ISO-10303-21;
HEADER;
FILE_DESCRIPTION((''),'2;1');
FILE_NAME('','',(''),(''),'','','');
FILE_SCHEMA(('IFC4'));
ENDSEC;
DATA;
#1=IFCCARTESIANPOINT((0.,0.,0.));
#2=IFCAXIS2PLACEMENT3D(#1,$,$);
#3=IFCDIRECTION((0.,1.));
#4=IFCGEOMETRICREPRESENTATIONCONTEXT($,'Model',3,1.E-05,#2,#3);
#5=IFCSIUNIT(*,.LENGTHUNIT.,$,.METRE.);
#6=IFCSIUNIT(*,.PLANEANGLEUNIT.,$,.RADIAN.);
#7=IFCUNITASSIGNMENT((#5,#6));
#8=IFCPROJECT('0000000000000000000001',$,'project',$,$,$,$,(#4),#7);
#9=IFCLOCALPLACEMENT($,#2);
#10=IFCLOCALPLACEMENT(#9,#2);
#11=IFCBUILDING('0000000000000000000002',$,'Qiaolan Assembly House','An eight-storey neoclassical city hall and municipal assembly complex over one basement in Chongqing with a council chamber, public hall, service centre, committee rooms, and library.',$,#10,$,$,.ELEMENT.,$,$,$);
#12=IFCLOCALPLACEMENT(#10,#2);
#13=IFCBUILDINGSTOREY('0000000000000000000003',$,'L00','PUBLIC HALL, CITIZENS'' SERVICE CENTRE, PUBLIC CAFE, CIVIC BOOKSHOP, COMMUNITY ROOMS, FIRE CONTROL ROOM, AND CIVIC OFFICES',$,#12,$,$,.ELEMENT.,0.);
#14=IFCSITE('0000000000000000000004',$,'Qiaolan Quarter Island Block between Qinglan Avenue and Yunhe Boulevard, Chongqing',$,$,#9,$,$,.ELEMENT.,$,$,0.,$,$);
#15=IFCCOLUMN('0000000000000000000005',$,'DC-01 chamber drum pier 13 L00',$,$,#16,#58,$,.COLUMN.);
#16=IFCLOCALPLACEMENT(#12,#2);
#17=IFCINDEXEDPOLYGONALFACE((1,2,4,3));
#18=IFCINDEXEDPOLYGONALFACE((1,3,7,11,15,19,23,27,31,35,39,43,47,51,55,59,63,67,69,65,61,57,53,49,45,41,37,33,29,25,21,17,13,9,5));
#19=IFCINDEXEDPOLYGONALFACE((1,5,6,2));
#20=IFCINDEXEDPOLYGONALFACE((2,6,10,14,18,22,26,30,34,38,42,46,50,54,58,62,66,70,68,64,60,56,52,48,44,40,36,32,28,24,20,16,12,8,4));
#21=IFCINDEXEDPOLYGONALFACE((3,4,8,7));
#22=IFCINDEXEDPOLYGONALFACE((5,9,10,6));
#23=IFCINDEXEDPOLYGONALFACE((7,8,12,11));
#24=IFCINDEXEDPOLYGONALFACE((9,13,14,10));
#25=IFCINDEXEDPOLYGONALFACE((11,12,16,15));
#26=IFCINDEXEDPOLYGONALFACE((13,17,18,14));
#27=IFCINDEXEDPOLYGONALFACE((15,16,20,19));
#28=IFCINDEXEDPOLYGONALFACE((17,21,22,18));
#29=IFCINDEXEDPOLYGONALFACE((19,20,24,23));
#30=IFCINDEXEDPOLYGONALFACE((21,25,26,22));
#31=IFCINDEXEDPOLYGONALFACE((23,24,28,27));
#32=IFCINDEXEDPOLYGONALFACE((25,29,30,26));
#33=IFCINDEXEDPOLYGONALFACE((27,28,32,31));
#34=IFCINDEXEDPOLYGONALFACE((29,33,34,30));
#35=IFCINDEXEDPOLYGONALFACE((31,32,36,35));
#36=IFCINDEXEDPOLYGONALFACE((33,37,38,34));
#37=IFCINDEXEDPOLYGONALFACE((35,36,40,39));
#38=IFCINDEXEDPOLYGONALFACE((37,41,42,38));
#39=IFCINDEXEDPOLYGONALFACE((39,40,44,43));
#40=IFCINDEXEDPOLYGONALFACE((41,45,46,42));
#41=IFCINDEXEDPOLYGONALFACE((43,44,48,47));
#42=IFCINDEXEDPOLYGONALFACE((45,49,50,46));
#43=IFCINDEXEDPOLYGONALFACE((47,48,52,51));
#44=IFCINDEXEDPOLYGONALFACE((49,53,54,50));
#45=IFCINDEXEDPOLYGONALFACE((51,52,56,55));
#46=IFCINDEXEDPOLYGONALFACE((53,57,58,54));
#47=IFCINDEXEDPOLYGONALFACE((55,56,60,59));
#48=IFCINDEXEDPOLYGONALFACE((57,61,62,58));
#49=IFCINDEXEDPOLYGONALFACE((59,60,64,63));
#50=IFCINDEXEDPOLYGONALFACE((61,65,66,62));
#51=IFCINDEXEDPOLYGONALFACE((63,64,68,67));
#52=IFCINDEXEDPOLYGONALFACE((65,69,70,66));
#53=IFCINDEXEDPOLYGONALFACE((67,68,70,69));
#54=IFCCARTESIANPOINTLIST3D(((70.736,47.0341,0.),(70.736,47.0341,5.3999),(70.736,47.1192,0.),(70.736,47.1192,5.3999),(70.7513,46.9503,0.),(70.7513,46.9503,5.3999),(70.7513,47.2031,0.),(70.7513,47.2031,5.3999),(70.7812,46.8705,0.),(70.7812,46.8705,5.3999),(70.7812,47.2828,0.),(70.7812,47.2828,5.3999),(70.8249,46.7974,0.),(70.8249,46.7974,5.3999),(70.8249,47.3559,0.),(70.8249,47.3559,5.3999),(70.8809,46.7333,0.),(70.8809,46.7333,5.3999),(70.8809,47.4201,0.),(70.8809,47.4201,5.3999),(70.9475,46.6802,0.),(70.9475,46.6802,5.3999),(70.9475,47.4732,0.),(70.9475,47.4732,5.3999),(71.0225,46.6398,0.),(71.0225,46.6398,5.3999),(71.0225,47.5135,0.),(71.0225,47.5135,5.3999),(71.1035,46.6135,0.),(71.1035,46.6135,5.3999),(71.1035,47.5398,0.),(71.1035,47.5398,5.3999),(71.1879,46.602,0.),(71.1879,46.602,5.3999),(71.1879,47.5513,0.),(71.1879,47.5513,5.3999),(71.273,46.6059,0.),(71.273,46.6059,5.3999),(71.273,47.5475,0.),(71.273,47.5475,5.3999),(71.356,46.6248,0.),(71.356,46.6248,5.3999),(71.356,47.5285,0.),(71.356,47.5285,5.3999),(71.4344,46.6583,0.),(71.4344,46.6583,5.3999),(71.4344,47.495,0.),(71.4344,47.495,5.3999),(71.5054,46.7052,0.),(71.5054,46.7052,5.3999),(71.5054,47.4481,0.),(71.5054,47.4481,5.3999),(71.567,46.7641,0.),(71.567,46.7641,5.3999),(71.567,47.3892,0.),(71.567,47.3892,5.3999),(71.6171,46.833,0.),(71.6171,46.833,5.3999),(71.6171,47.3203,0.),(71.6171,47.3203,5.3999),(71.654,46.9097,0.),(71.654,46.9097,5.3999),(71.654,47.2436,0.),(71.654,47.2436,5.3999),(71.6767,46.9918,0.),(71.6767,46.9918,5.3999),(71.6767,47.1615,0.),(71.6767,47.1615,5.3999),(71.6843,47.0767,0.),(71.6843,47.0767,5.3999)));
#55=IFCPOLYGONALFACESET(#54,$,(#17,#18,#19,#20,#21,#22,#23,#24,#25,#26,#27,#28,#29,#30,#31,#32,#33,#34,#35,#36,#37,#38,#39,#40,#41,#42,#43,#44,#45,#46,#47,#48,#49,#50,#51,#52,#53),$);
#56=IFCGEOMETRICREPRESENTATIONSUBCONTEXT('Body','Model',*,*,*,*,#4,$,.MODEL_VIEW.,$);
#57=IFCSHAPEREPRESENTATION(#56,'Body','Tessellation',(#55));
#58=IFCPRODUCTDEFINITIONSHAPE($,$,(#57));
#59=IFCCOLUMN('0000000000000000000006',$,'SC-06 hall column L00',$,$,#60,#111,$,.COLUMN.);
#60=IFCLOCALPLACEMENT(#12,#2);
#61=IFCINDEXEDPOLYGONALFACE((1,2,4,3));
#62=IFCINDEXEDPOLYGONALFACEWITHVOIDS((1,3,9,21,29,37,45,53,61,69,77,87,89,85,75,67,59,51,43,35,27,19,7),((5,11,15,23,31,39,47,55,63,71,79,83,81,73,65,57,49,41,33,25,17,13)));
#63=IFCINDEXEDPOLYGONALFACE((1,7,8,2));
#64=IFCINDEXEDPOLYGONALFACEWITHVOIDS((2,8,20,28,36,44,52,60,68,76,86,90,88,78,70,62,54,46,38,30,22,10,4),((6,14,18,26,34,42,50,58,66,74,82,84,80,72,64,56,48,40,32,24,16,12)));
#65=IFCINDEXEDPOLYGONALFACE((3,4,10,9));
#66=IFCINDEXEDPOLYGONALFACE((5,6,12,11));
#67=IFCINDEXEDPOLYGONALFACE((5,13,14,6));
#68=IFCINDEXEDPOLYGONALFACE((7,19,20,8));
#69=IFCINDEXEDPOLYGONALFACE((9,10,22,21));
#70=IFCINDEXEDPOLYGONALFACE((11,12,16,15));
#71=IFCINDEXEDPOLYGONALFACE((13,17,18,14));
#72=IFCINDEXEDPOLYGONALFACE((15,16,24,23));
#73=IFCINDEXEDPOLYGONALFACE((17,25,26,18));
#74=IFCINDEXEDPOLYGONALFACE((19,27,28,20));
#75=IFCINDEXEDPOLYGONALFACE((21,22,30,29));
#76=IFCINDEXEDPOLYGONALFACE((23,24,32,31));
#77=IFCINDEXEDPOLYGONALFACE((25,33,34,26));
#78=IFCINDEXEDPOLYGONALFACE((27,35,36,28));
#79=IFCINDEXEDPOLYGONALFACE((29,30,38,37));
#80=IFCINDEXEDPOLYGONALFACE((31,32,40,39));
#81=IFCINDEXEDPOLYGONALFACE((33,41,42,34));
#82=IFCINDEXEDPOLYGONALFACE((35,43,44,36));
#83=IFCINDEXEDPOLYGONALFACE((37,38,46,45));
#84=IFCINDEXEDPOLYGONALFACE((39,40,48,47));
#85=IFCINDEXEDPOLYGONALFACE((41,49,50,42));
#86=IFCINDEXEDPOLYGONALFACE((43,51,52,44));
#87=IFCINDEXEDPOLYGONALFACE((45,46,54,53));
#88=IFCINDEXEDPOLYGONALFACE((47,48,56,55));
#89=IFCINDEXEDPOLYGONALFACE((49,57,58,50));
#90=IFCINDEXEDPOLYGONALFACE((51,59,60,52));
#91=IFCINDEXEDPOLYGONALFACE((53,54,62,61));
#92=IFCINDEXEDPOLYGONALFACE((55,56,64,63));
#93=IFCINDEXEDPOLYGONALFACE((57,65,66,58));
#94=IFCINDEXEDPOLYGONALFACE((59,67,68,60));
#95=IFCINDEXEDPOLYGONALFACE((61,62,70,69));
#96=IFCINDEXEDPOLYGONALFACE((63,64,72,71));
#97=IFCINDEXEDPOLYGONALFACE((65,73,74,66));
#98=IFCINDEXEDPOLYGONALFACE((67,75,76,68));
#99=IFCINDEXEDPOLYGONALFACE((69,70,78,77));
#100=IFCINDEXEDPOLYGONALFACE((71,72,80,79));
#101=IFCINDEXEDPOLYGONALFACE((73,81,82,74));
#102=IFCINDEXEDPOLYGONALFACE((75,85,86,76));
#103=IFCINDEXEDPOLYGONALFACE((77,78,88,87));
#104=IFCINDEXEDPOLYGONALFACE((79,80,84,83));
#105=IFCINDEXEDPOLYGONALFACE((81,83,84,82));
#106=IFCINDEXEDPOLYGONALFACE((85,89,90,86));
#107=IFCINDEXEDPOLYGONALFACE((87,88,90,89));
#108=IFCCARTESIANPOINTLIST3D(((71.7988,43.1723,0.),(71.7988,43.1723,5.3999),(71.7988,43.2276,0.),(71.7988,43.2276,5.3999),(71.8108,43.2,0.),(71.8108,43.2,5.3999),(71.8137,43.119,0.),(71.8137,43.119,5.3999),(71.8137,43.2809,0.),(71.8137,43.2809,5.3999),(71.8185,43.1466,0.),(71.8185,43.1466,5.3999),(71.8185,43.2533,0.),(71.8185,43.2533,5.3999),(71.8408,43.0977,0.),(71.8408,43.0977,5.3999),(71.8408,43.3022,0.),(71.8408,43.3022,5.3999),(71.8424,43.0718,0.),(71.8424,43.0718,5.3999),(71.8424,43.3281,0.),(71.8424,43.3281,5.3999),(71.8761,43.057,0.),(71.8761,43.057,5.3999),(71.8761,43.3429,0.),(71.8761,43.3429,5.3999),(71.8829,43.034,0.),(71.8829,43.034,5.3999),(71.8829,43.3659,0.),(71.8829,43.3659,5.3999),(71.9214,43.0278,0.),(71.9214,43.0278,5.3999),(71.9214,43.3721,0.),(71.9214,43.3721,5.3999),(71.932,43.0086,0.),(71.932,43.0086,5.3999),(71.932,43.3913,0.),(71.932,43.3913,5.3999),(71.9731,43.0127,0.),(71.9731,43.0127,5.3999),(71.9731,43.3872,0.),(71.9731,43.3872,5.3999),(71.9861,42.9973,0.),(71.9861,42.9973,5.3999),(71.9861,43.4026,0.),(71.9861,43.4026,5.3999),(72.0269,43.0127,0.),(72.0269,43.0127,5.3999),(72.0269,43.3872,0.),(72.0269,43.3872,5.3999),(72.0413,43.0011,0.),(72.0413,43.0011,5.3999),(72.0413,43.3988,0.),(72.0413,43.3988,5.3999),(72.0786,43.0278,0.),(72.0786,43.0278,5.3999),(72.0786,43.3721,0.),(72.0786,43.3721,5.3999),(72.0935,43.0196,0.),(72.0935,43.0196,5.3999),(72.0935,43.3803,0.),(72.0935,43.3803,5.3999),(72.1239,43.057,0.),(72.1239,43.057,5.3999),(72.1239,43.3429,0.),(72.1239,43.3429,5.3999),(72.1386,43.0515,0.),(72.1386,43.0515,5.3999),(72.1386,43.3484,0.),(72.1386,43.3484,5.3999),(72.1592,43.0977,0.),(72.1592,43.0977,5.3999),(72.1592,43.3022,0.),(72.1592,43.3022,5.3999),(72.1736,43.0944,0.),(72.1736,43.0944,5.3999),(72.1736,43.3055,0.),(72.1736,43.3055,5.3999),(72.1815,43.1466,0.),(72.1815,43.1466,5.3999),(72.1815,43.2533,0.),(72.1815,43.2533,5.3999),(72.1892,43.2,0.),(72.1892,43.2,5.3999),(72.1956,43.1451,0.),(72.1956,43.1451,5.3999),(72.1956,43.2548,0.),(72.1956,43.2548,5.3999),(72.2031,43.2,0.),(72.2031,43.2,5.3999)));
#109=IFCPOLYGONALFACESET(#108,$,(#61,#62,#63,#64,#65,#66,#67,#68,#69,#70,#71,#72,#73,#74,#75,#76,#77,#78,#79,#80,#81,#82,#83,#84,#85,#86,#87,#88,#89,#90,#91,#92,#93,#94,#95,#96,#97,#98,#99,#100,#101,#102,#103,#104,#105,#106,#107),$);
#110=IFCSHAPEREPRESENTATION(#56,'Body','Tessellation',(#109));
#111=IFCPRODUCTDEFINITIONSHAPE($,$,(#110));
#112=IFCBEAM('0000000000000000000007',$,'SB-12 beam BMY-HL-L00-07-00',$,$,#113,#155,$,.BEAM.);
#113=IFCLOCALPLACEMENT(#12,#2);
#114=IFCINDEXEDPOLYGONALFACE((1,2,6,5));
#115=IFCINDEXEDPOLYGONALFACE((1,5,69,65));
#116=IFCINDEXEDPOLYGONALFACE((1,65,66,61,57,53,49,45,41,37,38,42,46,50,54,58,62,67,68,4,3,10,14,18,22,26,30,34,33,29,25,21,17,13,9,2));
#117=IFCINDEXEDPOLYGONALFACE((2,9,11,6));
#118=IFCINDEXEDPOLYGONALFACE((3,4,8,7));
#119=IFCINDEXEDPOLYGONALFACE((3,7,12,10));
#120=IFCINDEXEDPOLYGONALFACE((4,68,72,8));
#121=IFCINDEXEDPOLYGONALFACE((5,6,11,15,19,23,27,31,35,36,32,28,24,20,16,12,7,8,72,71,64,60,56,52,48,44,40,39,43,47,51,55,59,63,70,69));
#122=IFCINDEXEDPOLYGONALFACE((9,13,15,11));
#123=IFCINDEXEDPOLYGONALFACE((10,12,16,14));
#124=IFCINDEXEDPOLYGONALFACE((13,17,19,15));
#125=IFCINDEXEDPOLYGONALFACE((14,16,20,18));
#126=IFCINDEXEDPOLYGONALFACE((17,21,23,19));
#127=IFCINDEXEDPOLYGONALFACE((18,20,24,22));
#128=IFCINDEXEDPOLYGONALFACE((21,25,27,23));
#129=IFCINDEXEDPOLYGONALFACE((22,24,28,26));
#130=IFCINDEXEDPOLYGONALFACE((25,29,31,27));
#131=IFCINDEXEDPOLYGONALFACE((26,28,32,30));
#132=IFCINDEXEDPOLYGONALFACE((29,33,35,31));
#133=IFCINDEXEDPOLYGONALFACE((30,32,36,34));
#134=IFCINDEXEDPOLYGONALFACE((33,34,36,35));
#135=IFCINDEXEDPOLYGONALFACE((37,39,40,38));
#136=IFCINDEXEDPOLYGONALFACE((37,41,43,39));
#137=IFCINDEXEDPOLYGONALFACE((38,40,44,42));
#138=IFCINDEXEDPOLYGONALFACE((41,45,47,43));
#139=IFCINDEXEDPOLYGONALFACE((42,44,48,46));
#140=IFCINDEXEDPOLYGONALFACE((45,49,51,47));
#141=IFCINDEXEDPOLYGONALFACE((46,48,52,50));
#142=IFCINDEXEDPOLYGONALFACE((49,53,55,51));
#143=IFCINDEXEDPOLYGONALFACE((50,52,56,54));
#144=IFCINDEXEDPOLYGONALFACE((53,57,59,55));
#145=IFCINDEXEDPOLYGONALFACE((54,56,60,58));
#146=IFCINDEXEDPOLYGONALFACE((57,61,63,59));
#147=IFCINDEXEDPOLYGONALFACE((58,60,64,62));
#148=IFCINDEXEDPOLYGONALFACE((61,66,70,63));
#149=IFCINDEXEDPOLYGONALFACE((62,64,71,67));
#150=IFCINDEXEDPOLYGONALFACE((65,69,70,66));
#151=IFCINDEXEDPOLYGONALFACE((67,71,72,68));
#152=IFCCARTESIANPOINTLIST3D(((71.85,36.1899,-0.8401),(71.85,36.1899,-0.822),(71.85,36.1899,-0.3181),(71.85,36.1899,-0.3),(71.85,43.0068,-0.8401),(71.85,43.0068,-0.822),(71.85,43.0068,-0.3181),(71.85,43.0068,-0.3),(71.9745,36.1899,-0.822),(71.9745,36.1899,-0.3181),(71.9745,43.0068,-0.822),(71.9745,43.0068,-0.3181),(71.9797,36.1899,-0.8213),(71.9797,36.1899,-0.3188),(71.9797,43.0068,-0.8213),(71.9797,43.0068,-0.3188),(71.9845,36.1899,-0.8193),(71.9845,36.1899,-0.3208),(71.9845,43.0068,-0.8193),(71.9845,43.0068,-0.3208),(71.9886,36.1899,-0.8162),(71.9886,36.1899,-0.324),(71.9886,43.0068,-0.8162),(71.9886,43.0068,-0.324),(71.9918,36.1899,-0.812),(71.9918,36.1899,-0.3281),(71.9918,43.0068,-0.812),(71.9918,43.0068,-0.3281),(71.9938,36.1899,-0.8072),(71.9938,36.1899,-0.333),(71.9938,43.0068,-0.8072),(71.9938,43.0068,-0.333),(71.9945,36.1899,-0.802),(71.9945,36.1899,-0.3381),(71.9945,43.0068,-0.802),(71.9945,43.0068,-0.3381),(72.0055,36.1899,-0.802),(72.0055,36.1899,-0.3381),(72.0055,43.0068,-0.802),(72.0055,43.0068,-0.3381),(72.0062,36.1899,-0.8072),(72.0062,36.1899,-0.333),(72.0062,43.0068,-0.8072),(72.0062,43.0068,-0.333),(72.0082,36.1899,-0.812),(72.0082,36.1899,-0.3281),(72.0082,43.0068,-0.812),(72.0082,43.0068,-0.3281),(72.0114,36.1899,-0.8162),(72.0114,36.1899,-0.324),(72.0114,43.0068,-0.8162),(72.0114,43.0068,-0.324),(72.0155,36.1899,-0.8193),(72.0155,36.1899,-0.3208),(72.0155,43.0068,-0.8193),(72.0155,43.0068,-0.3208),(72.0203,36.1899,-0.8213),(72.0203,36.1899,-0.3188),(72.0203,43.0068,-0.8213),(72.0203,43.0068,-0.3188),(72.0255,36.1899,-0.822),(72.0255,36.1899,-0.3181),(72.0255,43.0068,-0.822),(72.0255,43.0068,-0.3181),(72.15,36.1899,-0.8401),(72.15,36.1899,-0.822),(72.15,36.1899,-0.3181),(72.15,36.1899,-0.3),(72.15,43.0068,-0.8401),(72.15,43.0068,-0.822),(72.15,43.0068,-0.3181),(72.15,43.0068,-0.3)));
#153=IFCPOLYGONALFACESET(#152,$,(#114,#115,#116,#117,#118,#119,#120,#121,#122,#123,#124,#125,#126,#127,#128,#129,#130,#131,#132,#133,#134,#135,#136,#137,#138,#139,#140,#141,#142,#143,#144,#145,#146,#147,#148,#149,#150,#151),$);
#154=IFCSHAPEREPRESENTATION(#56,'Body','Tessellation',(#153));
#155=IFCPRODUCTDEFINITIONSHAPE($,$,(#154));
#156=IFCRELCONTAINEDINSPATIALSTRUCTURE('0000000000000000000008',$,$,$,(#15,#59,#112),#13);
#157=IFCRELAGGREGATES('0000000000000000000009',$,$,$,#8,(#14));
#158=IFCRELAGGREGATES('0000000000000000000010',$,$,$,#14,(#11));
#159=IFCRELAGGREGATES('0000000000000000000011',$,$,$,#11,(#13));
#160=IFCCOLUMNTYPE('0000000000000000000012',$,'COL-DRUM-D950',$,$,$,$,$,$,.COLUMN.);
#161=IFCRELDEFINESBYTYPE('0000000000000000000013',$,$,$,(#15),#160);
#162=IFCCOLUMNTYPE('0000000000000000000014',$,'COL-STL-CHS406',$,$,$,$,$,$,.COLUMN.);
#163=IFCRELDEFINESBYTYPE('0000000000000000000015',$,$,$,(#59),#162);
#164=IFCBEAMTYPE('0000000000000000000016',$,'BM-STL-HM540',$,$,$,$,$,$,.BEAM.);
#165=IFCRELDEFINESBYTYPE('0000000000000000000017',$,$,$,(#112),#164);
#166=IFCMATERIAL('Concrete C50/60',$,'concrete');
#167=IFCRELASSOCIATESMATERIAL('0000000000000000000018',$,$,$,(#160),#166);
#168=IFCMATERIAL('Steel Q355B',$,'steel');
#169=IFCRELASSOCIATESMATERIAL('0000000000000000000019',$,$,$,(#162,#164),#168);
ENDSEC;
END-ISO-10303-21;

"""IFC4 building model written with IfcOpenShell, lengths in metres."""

from ifc_helpers import new_model, si_unit, direction, frame, origin, origin_2d, place, context, subcontext, project, spatial, circle, hollow_circle, i_section, extrude, material, material_profile, profile_set, type_object, element, save


model = new_model("IFC4")

# Units and contexts
model_context = context("Model", 3, precision=1e-05, world=origin(), true_north=direction((0.0, 1.0)))
body_context = subcontext(model_context, "Body", "Model", "MODEL_VIEW")
ifc_project = project(units=[si_unit("LENGTHUNIT", "METRE"), si_unit("PLANEANGLEUNIT", "RADIAN")], contexts=[model_context])

# Site, building, storey
site_placement = place(None, origin())
site = spatial("IfcSite", under=ifc_project, at=site_placement, Name="Qiaolan Quarter Island Block between Qinglan Avenue and Yunhe Boulevard, Chongqing", CompositionType="ELEMENT", RefElevation=0.0)
building_placement = place(site_placement, origin())
building = spatial("IfcBuilding", under=site, at=building_placement, Name="Qiaolan Assembly House", Description="An eight-storey neoclassical city hall and municipal assembly complex over one basement in Chongqing with a council chamber, public hall, service centre, committee rooms, and library.", CompositionType="ELEMENT")
storey_placement = place(building_placement, origin())
storey = spatial("IfcBuildingStorey", under=building, at=storey_placement, Name="L00", Description="PUBLIC HALL, CITIZENS' SERVICE CENTRE, PUBLIC CAFE, CIVIC BOOKSHOP, COMMUNITY ROOMS, FIRE CONTROL ROOM, AND CIVIC OFFICES", CompositionType="ELEMENT", Elevation=0.0)

# Columns
ifc_material_1 = material(Name="Concrete C50/60", Category="concrete")
ifc_material_profile_1 = material_profile(ifc_material_1, circle(Radius=0.4751, at=origin_2d()), Name="CIRC D950")
ifc_profile_set_1 = profile_set([ifc_material_profile_1], Name="Concrete C50/60")
column_type_1 = type_object("IfcColumnType", Name="COL-DRUM-D950", PredefinedType="COLUMN", material=ifc_profile_set_1)
column_1_placement = place(storey_placement, frame((71.2092, 47.0767, 0.0), z_axis=(0.0, 0.0, 1.0), x_axis=(1.0, 0.0, 0.0)))
element("IfcColumn", 1, at=column_1_placement, inside=storey, type_object=column_type_1, Name="DC-01 chamber drum pier 13 L00", PredefinedType="COLUMN", context=body_context, shape_type="SweptSolid", body=[
    extrude(circle(Radius=0.4751, at=origin_2d()), origin(), (0.0, 0.0, 1.0), 5.3999),
])
ifc_material_2 = material(Name="Steel Q355B", Category="steel")
ifc_material_profile_2 = material_profile(ifc_material_2, hollow_circle(Radius=0.2031, WallThickness=0.0139, at=origin_2d()), Name="CHS 406.4x14")
ifc_profile_set_2 = profile_set([ifc_material_profile_2], Name="Steel Q355B")
column_type_2 = type_object("IfcColumnType", Name="COL-STL-CHS406", PredefinedType="COLUMN", material=ifc_profile_set_2)
column_2_placement = place(storey_placement, frame((72.0, 43.2, 0.0), z_axis=(0.0, 0.0, 1.0), x_axis=(1.0, 0.0, 0.0)))
element("IfcColumn", 2, at=column_2_placement, inside=storey, type_object=column_type_2, Name="SC-06 hall column L00", PredefinedType="COLUMN", context=body_context, shape_type="SweptSolid", body=[
    extrude(hollow_circle(Radius=0.2031, WallThickness=0.0139, at=origin_2d()), origin(), (0.0, 0.0, 1.0), 5.3999),
])

# Beam
ifc_material_profile_3 = material_profile(ifc_material_2, i_section(OverallWidth=0.3, OverallDepth=0.54, WebThickness=0.011, FlangeThickness=0.0181, FilletRadius=0.02, at=origin_2d()), Name="HM 540x300x11x18")
ifc_profile_set_3 = profile_set([ifc_material_profile_3], Name="Steel Q355B")
beam_type_1 = type_object("IfcBeamType", Name="BM-STL-HM540", PredefinedType="BEAM", material=ifc_profile_set_3)
beam_1_placement = place(storey_placement, frame((72.0, 36.1899, -0.5701), z_axis=(0.0, 1.0, 0.0), x_axis=(-1.0, 0.0, 0.0)))
element("IfcBeam", 3, at=beam_1_placement, inside=storey, type_object=beam_type_1, Name="SB-12 beam BMY-HL-L00-07-00", PredefinedType="BEAM", context=body_context, shape_type="SweptSolid", body=[
    extrude(i_section(OverallWidth=0.3, OverallDepth=0.54, WebThickness=0.011, FlangeThickness=0.0181, FilletRadius=0.02, at=origin_2d()), origin(), (0.0, 0.0, 1.0), 6.8169),
])

save(model, "model.ifc")
